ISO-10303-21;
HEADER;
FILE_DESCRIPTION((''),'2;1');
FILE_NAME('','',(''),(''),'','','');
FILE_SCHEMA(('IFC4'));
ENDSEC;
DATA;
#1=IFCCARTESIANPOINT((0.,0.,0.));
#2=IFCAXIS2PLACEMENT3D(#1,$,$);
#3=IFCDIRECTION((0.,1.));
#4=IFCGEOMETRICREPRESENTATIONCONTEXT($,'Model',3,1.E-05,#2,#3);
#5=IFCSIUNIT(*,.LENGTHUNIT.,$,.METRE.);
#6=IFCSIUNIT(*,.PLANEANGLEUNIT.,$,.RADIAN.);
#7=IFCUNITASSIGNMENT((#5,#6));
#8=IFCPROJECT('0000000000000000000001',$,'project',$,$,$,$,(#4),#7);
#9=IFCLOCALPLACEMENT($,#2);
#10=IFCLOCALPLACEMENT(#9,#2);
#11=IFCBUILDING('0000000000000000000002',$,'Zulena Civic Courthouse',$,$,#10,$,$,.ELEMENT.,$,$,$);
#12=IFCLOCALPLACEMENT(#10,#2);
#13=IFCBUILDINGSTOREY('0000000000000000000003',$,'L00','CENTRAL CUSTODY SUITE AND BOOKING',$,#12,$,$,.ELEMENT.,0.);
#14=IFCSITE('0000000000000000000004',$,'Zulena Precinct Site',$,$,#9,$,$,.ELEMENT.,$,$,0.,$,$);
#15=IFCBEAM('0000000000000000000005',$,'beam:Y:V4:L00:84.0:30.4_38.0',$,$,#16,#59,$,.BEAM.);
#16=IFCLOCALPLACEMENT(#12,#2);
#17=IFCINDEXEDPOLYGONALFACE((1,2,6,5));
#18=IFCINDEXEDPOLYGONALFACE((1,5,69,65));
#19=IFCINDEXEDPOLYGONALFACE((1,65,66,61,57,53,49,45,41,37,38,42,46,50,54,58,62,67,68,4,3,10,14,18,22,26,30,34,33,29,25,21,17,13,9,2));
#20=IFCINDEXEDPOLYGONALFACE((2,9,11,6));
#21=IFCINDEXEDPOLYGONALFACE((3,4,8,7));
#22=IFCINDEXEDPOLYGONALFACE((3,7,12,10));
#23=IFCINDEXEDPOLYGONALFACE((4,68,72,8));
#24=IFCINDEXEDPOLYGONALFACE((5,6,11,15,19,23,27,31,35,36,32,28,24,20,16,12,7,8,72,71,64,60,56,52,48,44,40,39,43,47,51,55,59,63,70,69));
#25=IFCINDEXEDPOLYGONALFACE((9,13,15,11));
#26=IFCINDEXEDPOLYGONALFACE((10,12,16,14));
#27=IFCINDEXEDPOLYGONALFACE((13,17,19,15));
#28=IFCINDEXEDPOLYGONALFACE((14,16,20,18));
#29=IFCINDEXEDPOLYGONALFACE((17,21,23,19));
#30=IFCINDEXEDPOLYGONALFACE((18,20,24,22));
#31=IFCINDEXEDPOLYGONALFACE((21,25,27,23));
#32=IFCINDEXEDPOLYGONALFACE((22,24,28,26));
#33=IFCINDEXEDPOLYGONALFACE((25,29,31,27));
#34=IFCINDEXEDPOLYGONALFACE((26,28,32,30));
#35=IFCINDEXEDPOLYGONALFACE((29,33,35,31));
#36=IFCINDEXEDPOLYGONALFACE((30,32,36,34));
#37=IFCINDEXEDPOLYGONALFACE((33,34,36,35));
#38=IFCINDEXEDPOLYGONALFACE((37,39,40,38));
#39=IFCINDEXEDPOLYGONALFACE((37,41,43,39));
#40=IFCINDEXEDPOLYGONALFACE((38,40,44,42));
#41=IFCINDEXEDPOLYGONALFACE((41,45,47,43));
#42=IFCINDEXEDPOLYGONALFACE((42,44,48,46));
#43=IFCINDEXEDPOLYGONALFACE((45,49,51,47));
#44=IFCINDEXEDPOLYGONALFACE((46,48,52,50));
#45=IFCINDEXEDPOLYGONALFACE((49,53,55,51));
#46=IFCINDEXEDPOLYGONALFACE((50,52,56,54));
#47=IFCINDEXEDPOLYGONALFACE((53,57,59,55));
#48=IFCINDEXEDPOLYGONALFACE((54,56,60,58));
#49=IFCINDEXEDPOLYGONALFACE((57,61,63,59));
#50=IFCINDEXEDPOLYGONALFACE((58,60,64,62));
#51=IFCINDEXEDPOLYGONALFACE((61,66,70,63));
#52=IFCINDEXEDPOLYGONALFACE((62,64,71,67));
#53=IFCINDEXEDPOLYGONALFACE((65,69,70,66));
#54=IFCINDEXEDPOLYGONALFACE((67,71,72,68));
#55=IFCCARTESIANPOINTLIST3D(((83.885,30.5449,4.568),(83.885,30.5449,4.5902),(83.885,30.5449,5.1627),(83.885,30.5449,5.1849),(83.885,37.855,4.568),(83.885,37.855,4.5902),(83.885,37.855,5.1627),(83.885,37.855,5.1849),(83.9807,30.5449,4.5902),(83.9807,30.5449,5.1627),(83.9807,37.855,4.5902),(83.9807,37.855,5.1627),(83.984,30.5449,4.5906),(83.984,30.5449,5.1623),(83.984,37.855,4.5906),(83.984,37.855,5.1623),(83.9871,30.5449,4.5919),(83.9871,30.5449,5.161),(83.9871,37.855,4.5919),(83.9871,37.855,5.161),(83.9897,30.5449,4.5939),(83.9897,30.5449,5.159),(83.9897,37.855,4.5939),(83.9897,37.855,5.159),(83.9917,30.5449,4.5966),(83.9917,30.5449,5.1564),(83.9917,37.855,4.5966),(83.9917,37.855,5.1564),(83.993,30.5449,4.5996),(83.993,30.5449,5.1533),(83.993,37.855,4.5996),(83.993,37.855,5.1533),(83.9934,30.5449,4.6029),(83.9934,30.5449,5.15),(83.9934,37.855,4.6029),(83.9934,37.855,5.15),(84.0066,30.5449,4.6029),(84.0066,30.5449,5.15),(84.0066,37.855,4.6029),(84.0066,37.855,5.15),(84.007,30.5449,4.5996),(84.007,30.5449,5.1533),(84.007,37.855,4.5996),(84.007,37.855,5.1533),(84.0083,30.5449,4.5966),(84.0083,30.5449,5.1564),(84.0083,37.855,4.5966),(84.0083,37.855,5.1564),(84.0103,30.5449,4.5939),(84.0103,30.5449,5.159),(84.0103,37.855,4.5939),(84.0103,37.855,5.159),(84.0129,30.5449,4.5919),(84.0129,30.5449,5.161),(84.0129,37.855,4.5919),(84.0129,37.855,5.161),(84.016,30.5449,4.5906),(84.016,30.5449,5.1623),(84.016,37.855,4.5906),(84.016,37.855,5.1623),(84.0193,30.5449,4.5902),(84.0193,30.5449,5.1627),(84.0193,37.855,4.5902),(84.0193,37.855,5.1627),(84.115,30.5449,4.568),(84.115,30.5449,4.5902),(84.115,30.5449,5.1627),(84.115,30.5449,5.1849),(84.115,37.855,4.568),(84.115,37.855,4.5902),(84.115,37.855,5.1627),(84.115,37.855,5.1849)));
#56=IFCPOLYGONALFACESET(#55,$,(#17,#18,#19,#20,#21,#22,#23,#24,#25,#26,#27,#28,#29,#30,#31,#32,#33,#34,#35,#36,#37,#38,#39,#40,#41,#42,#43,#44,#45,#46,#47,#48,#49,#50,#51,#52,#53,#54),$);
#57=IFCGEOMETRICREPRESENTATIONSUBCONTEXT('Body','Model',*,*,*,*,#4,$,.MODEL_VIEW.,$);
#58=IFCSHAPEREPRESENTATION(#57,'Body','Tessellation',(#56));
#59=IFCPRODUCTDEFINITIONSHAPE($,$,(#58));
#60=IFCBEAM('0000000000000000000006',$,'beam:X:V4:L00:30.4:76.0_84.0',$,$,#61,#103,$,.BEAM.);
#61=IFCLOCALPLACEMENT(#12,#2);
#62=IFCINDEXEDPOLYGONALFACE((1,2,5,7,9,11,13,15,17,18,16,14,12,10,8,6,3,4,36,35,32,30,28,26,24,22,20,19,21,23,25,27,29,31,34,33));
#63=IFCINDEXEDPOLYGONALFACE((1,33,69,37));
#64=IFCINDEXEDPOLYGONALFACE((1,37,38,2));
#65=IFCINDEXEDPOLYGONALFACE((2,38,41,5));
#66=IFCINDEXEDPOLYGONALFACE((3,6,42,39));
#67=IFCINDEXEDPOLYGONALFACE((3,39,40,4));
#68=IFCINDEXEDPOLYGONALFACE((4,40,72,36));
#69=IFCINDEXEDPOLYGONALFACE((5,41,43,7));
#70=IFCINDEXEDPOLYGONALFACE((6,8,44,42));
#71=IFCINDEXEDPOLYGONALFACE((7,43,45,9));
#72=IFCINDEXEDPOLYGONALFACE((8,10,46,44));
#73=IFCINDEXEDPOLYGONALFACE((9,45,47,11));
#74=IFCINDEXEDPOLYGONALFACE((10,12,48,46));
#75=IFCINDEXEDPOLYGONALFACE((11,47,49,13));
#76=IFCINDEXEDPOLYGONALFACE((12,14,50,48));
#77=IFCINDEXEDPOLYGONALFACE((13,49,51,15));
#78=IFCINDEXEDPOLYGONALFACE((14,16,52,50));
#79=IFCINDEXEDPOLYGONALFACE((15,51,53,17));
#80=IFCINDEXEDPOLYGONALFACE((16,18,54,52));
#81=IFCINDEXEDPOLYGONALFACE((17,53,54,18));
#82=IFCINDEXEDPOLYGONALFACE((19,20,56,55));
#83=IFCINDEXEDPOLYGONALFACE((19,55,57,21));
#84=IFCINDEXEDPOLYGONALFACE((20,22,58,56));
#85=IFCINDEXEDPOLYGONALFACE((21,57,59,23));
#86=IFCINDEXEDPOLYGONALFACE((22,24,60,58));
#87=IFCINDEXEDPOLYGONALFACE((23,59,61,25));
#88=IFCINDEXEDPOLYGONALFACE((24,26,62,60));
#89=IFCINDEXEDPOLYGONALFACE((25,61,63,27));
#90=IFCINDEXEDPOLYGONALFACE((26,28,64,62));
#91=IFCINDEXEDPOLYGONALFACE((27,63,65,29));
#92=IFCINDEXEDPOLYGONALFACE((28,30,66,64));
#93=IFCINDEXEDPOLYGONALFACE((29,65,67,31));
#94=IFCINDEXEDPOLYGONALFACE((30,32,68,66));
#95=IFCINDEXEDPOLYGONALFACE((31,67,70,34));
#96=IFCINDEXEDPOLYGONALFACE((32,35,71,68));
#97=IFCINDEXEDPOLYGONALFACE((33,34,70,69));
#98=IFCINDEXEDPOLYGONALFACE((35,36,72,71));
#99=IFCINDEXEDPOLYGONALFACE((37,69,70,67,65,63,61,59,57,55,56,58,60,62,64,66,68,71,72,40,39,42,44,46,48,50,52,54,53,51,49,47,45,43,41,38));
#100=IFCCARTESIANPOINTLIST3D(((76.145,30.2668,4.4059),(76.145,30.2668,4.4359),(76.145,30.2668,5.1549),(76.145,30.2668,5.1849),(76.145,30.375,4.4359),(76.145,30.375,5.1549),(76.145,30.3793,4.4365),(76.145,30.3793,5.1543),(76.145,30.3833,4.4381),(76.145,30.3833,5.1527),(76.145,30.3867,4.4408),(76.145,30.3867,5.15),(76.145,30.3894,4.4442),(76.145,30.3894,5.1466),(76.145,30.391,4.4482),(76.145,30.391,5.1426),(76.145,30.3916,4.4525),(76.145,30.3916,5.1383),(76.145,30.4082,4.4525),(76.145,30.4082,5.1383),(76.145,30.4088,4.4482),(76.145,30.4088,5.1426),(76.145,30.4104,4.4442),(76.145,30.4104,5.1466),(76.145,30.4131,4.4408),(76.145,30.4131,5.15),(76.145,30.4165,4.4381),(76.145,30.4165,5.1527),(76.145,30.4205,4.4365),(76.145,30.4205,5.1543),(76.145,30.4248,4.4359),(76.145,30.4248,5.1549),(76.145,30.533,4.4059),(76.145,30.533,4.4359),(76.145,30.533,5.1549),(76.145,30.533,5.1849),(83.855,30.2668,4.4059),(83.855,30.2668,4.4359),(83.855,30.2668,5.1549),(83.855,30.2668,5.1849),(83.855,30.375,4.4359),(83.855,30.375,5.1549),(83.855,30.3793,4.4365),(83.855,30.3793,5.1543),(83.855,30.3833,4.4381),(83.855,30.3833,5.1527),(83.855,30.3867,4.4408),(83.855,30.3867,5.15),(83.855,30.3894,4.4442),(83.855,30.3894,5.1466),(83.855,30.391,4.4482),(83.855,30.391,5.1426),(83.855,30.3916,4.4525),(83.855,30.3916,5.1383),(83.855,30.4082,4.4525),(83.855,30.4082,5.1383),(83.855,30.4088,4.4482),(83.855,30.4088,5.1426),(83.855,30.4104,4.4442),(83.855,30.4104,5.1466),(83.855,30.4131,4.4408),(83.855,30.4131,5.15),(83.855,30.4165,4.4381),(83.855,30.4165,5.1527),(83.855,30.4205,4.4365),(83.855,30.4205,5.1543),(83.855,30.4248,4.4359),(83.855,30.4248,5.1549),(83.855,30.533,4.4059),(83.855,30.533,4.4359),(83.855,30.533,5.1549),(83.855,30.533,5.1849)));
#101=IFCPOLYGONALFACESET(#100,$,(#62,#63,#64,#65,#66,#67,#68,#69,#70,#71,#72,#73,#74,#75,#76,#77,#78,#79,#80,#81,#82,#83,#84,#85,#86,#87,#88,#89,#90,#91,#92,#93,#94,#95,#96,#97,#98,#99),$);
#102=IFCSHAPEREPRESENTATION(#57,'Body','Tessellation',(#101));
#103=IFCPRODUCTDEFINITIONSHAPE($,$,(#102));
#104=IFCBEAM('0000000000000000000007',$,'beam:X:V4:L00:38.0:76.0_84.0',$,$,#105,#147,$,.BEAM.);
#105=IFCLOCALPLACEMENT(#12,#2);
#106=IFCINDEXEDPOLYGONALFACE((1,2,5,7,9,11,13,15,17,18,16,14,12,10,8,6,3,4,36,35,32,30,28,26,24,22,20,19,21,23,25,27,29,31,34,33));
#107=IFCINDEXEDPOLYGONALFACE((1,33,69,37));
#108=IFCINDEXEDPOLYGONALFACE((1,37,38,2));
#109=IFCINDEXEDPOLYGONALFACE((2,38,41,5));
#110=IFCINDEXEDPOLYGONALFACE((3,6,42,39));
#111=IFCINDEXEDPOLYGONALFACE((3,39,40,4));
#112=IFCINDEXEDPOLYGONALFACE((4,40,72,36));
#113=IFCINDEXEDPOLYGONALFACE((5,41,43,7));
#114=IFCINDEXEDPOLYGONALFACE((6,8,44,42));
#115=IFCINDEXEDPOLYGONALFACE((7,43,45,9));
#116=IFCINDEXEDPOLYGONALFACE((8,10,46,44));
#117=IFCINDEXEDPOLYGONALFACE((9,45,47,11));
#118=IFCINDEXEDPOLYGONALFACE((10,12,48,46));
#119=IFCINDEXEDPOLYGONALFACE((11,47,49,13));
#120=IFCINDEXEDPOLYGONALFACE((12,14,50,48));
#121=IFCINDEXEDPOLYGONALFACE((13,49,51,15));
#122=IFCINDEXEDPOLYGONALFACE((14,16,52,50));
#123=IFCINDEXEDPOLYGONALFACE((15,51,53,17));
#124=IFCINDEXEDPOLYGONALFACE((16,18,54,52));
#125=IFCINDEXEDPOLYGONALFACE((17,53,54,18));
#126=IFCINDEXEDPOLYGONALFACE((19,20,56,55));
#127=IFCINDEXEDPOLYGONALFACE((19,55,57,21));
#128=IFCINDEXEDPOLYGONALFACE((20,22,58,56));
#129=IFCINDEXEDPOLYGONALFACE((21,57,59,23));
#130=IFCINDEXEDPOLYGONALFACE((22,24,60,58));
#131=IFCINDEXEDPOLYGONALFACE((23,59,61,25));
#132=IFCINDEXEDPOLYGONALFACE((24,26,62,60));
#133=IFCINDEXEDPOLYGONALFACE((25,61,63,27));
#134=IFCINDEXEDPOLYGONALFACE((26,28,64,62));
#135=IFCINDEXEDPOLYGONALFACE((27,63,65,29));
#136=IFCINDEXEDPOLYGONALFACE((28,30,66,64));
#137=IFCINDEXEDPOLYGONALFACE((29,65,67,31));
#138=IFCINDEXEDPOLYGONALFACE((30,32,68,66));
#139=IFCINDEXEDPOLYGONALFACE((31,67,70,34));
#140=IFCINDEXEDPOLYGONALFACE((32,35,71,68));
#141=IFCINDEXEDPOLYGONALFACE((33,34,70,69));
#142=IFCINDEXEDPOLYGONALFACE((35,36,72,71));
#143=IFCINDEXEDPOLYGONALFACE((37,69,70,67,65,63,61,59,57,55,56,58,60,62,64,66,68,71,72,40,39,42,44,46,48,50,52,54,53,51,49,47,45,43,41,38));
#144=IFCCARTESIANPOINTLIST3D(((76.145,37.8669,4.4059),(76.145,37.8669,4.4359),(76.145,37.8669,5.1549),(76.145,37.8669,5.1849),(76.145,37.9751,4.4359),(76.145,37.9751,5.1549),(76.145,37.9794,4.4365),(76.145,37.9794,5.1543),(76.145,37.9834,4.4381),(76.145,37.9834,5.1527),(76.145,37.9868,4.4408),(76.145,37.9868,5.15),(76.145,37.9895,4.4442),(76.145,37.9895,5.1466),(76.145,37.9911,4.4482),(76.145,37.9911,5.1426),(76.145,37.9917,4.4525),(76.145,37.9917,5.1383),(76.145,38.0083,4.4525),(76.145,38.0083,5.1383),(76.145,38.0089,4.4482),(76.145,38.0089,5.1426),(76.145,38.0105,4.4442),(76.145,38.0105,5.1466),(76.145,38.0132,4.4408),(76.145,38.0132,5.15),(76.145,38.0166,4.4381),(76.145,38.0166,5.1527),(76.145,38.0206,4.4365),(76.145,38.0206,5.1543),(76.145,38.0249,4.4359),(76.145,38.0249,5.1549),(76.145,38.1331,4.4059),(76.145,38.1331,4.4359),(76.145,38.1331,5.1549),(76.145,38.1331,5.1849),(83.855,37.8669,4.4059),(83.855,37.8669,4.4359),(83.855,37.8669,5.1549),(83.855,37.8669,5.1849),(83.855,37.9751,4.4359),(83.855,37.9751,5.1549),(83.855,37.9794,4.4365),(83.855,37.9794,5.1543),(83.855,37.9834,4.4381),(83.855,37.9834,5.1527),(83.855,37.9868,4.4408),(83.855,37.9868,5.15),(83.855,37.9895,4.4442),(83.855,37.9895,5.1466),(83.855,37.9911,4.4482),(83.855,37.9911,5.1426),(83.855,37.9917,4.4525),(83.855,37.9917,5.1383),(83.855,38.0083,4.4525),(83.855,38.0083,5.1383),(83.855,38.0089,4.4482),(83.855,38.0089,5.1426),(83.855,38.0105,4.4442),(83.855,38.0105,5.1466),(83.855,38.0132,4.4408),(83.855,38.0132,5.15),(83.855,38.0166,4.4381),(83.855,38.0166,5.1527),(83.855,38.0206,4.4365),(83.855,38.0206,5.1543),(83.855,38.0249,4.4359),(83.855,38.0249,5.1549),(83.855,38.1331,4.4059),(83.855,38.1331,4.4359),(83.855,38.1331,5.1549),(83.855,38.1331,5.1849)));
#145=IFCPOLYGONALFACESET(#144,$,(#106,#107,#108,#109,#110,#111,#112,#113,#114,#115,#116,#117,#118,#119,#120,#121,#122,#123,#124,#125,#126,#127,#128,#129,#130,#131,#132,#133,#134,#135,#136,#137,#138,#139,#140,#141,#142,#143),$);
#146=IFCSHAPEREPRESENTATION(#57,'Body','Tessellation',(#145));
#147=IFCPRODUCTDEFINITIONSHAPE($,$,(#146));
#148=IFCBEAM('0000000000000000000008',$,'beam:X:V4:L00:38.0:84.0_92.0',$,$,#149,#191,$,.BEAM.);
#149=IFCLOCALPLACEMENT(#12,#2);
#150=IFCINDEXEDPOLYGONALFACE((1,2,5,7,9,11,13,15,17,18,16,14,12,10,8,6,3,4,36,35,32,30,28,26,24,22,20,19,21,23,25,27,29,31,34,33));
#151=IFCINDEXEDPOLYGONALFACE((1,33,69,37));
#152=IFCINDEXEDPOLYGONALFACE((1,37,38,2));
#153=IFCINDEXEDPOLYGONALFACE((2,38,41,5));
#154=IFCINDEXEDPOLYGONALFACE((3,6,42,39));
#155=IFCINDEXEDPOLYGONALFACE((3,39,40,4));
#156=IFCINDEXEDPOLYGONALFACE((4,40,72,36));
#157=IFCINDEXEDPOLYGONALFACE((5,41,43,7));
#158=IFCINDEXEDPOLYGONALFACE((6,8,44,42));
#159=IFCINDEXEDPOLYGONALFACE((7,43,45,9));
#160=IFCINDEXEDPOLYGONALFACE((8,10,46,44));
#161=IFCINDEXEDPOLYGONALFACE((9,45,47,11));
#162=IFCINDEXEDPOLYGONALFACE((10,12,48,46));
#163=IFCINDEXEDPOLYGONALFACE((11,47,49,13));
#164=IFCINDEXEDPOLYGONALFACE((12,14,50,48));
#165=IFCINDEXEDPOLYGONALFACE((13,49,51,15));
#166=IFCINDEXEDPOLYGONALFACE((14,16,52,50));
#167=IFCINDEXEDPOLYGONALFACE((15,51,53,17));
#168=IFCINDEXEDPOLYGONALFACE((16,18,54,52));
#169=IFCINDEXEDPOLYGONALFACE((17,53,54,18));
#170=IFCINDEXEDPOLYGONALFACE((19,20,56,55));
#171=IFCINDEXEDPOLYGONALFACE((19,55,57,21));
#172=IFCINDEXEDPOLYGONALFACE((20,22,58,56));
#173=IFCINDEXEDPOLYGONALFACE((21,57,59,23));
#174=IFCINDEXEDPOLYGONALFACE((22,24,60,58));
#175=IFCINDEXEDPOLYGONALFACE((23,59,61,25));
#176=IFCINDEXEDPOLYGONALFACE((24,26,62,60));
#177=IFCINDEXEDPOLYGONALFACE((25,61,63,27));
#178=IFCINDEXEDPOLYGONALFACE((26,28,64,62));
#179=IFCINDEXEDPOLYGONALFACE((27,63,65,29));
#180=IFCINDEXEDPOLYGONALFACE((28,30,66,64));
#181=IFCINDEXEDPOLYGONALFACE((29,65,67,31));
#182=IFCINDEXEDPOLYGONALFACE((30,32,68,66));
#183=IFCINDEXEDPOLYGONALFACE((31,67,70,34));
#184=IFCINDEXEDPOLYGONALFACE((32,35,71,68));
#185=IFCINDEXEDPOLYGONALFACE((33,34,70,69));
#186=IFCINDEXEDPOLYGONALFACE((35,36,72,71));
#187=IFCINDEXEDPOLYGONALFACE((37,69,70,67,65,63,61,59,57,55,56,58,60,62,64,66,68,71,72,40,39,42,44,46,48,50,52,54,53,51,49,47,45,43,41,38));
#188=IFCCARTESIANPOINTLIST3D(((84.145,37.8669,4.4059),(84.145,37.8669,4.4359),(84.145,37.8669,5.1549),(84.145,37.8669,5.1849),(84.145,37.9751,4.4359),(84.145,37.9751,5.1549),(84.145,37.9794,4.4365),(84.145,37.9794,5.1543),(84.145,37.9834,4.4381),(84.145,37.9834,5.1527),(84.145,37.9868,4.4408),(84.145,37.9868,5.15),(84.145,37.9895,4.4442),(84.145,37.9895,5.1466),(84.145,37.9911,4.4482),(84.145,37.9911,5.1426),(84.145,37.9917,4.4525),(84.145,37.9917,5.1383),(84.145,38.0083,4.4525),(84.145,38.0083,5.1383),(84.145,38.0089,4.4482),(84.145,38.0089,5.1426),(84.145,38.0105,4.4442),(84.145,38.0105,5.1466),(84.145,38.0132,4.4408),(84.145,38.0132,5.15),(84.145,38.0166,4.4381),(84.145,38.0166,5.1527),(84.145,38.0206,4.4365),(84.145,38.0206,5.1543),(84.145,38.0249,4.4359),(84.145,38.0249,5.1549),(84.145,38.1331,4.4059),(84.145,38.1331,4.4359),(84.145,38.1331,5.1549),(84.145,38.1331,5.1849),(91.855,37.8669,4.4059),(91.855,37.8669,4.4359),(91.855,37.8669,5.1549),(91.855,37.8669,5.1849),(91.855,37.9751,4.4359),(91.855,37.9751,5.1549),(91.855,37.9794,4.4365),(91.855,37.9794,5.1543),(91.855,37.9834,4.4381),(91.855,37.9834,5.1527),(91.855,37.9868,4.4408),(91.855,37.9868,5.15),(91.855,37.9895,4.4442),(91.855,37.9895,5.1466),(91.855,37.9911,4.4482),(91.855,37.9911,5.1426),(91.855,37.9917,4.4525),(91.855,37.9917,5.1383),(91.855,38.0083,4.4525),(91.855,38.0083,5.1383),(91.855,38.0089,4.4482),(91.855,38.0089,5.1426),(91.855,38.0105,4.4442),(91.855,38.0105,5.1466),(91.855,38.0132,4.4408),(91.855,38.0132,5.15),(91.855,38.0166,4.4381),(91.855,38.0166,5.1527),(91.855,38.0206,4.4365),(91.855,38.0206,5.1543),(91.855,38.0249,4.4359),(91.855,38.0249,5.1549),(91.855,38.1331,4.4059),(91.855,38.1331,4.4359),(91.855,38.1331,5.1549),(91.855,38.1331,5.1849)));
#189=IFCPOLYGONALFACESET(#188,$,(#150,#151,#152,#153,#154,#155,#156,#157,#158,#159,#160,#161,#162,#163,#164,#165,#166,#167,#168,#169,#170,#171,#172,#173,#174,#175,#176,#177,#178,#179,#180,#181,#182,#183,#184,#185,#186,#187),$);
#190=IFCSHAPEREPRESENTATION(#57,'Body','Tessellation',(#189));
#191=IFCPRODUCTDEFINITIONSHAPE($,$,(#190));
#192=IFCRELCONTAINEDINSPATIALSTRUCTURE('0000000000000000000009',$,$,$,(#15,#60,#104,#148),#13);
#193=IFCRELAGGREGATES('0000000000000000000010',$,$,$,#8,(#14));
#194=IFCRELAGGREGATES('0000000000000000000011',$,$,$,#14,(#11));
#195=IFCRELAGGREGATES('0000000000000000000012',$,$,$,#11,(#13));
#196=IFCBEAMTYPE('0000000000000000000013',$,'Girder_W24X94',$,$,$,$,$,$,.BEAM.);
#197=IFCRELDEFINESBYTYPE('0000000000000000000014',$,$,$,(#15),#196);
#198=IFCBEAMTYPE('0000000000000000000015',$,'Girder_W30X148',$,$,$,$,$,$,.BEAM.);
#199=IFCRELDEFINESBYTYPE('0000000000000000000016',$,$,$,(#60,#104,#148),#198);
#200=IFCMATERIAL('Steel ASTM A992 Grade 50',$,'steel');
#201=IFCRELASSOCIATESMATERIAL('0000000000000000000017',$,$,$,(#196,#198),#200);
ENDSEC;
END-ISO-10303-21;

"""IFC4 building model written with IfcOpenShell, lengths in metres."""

from ifc_helpers import new_model, si_unit, direction, frame, origin, origin_2d, place, context, subcontext, project, spatial, i_section, extrude, material, material_profile, profile_set, type_object, element, save


model = new_model("IFC4")

# Units and contexts
model_context = context("Model", 3, precision=1e-05, world=origin(), true_north=direction((0.0, 1.0)))
body_context = subcontext(model_context, "Body", "Model", "MODEL_VIEW")
ifc_project = project(units=[si_unit("LENGTHUNIT", "METRE"), si_unit("PLANEANGLEUNIT", "RADIAN")], contexts=[model_context])

# Site, building, storey
site_placement = place(None, origin())
site = spatial("IfcSite", under=ifc_project, at=site_placement, Name="Zulena Precinct Site", CompositionType="ELEMENT", RefElevation=0.0)
building_placement = place(site_placement, origin())
building = spatial("IfcBuilding", under=site, at=building_placement, Name="Zulena Civic Courthouse", CompositionType="ELEMENT")
storey_placement = place(building_placement, origin())
storey = spatial("IfcBuildingStorey", under=building, at=storey_placement, Name="L00", Description="CENTRAL CUSTODY SUITE AND BOOKING", CompositionType="ELEMENT", Elevation=0.0)

# Shared definitions
ifc_material_1 = material(Name="Steel ASTM A992 Grade 50", Category="steel")

# Beams
ifc_material_profile_1 = material_profile(ifc_material_1, i_section(OverallWidth=0.23, OverallDepth=0.6169, WebThickness=0.0132, FlangeThickness=0.0222, FilletRadius=0.0127, at=origin_2d()), Name="W24X94")
ifc_profile_set_1 = profile_set([ifc_material_profile_1], Name="Steel ASTM A992 Grade 50")
beam_type_1 = type_object("IfcBeamType", Name="Girder_W24X94", PredefinedType="BEAM", material=ifc_profile_set_1)
beam_1_placement = place(storey_placement, frame((84.0, 30.5449, 4.8765), z_axis=(0.0, 1.0, 0.0), x_axis=(-1.0, 0.0, 0.0)))
element("IfcBeam", 1, at=beam_1_placement, inside=storey, type_object=beam_type_1, Name="beam:Y:V4:L00:84.0:30.4_38.0", PredefinedType="BEAM", context=body_context, shape_type="SweptSolid", body=[
    extrude(i_section(OverallWidth=0.23, OverallDepth=0.6169, WebThickness=0.0132, FlangeThickness=0.0222, FilletRadius=0.0127, at=origin_2d()), origin(), (0.0, 0.0, 1.0), 7.3101),
])
ifc_material_profile_2 = material_profile(ifc_material_1, i_section(OverallWidth=0.2661, OverallDepth=0.7791, WebThickness=0.0166, FlangeThickness=0.03, FilletRadius=0.0166, at=origin_2d()), Name="W30X148")
ifc_profile_set_2 = profile_set([ifc_material_profile_2], Name="Steel ASTM A992 Grade 50")
beam_type_2 = type_object("IfcBeamType", Name="Girder_W30X148", PredefinedType="BEAM", material=ifc_profile_set_2)
for number, where, z_axis, x_axis, name in (
    (2, (76.145, 30.3999, 4.7954), (1.0, 0.0, 0.0), (0.0, 1.0, 0.0), "beam:X:V4:L00:30.4:76.0_84.0"),
    (3, (76.145, 38.0, 4.7954), (1.0, 0.0, 0.0), (0.0, 1.0, 0.0), "beam:X:V4:L00:38.0:76.0_84.0"),
    (4, (84.145, 38.0, 4.7954), (1.0, 0.0, 0.0), (0.0, 1.0, 0.0), "beam:X:V4:L00:38.0:84.0_92.0"),
):
    element("IfcBeam", number, at=place(storey_placement, frame(where, z_axis=z_axis, x_axis=x_axis)), inside=storey, type_object=beam_type_2, Name=name, PredefinedType="BEAM", context=body_context, shape_type="SweptSolid", body=[
        extrude(i_section(OverallWidth=0.2661, OverallDepth=0.7791, WebThickness=0.0166, FlangeThickness=0.03, FilletRadius=0.0166, at=origin_2d()), origin(), (0.0, 0.0, 1.0), 7.71),
    ])

save(model, "model.ifc")
